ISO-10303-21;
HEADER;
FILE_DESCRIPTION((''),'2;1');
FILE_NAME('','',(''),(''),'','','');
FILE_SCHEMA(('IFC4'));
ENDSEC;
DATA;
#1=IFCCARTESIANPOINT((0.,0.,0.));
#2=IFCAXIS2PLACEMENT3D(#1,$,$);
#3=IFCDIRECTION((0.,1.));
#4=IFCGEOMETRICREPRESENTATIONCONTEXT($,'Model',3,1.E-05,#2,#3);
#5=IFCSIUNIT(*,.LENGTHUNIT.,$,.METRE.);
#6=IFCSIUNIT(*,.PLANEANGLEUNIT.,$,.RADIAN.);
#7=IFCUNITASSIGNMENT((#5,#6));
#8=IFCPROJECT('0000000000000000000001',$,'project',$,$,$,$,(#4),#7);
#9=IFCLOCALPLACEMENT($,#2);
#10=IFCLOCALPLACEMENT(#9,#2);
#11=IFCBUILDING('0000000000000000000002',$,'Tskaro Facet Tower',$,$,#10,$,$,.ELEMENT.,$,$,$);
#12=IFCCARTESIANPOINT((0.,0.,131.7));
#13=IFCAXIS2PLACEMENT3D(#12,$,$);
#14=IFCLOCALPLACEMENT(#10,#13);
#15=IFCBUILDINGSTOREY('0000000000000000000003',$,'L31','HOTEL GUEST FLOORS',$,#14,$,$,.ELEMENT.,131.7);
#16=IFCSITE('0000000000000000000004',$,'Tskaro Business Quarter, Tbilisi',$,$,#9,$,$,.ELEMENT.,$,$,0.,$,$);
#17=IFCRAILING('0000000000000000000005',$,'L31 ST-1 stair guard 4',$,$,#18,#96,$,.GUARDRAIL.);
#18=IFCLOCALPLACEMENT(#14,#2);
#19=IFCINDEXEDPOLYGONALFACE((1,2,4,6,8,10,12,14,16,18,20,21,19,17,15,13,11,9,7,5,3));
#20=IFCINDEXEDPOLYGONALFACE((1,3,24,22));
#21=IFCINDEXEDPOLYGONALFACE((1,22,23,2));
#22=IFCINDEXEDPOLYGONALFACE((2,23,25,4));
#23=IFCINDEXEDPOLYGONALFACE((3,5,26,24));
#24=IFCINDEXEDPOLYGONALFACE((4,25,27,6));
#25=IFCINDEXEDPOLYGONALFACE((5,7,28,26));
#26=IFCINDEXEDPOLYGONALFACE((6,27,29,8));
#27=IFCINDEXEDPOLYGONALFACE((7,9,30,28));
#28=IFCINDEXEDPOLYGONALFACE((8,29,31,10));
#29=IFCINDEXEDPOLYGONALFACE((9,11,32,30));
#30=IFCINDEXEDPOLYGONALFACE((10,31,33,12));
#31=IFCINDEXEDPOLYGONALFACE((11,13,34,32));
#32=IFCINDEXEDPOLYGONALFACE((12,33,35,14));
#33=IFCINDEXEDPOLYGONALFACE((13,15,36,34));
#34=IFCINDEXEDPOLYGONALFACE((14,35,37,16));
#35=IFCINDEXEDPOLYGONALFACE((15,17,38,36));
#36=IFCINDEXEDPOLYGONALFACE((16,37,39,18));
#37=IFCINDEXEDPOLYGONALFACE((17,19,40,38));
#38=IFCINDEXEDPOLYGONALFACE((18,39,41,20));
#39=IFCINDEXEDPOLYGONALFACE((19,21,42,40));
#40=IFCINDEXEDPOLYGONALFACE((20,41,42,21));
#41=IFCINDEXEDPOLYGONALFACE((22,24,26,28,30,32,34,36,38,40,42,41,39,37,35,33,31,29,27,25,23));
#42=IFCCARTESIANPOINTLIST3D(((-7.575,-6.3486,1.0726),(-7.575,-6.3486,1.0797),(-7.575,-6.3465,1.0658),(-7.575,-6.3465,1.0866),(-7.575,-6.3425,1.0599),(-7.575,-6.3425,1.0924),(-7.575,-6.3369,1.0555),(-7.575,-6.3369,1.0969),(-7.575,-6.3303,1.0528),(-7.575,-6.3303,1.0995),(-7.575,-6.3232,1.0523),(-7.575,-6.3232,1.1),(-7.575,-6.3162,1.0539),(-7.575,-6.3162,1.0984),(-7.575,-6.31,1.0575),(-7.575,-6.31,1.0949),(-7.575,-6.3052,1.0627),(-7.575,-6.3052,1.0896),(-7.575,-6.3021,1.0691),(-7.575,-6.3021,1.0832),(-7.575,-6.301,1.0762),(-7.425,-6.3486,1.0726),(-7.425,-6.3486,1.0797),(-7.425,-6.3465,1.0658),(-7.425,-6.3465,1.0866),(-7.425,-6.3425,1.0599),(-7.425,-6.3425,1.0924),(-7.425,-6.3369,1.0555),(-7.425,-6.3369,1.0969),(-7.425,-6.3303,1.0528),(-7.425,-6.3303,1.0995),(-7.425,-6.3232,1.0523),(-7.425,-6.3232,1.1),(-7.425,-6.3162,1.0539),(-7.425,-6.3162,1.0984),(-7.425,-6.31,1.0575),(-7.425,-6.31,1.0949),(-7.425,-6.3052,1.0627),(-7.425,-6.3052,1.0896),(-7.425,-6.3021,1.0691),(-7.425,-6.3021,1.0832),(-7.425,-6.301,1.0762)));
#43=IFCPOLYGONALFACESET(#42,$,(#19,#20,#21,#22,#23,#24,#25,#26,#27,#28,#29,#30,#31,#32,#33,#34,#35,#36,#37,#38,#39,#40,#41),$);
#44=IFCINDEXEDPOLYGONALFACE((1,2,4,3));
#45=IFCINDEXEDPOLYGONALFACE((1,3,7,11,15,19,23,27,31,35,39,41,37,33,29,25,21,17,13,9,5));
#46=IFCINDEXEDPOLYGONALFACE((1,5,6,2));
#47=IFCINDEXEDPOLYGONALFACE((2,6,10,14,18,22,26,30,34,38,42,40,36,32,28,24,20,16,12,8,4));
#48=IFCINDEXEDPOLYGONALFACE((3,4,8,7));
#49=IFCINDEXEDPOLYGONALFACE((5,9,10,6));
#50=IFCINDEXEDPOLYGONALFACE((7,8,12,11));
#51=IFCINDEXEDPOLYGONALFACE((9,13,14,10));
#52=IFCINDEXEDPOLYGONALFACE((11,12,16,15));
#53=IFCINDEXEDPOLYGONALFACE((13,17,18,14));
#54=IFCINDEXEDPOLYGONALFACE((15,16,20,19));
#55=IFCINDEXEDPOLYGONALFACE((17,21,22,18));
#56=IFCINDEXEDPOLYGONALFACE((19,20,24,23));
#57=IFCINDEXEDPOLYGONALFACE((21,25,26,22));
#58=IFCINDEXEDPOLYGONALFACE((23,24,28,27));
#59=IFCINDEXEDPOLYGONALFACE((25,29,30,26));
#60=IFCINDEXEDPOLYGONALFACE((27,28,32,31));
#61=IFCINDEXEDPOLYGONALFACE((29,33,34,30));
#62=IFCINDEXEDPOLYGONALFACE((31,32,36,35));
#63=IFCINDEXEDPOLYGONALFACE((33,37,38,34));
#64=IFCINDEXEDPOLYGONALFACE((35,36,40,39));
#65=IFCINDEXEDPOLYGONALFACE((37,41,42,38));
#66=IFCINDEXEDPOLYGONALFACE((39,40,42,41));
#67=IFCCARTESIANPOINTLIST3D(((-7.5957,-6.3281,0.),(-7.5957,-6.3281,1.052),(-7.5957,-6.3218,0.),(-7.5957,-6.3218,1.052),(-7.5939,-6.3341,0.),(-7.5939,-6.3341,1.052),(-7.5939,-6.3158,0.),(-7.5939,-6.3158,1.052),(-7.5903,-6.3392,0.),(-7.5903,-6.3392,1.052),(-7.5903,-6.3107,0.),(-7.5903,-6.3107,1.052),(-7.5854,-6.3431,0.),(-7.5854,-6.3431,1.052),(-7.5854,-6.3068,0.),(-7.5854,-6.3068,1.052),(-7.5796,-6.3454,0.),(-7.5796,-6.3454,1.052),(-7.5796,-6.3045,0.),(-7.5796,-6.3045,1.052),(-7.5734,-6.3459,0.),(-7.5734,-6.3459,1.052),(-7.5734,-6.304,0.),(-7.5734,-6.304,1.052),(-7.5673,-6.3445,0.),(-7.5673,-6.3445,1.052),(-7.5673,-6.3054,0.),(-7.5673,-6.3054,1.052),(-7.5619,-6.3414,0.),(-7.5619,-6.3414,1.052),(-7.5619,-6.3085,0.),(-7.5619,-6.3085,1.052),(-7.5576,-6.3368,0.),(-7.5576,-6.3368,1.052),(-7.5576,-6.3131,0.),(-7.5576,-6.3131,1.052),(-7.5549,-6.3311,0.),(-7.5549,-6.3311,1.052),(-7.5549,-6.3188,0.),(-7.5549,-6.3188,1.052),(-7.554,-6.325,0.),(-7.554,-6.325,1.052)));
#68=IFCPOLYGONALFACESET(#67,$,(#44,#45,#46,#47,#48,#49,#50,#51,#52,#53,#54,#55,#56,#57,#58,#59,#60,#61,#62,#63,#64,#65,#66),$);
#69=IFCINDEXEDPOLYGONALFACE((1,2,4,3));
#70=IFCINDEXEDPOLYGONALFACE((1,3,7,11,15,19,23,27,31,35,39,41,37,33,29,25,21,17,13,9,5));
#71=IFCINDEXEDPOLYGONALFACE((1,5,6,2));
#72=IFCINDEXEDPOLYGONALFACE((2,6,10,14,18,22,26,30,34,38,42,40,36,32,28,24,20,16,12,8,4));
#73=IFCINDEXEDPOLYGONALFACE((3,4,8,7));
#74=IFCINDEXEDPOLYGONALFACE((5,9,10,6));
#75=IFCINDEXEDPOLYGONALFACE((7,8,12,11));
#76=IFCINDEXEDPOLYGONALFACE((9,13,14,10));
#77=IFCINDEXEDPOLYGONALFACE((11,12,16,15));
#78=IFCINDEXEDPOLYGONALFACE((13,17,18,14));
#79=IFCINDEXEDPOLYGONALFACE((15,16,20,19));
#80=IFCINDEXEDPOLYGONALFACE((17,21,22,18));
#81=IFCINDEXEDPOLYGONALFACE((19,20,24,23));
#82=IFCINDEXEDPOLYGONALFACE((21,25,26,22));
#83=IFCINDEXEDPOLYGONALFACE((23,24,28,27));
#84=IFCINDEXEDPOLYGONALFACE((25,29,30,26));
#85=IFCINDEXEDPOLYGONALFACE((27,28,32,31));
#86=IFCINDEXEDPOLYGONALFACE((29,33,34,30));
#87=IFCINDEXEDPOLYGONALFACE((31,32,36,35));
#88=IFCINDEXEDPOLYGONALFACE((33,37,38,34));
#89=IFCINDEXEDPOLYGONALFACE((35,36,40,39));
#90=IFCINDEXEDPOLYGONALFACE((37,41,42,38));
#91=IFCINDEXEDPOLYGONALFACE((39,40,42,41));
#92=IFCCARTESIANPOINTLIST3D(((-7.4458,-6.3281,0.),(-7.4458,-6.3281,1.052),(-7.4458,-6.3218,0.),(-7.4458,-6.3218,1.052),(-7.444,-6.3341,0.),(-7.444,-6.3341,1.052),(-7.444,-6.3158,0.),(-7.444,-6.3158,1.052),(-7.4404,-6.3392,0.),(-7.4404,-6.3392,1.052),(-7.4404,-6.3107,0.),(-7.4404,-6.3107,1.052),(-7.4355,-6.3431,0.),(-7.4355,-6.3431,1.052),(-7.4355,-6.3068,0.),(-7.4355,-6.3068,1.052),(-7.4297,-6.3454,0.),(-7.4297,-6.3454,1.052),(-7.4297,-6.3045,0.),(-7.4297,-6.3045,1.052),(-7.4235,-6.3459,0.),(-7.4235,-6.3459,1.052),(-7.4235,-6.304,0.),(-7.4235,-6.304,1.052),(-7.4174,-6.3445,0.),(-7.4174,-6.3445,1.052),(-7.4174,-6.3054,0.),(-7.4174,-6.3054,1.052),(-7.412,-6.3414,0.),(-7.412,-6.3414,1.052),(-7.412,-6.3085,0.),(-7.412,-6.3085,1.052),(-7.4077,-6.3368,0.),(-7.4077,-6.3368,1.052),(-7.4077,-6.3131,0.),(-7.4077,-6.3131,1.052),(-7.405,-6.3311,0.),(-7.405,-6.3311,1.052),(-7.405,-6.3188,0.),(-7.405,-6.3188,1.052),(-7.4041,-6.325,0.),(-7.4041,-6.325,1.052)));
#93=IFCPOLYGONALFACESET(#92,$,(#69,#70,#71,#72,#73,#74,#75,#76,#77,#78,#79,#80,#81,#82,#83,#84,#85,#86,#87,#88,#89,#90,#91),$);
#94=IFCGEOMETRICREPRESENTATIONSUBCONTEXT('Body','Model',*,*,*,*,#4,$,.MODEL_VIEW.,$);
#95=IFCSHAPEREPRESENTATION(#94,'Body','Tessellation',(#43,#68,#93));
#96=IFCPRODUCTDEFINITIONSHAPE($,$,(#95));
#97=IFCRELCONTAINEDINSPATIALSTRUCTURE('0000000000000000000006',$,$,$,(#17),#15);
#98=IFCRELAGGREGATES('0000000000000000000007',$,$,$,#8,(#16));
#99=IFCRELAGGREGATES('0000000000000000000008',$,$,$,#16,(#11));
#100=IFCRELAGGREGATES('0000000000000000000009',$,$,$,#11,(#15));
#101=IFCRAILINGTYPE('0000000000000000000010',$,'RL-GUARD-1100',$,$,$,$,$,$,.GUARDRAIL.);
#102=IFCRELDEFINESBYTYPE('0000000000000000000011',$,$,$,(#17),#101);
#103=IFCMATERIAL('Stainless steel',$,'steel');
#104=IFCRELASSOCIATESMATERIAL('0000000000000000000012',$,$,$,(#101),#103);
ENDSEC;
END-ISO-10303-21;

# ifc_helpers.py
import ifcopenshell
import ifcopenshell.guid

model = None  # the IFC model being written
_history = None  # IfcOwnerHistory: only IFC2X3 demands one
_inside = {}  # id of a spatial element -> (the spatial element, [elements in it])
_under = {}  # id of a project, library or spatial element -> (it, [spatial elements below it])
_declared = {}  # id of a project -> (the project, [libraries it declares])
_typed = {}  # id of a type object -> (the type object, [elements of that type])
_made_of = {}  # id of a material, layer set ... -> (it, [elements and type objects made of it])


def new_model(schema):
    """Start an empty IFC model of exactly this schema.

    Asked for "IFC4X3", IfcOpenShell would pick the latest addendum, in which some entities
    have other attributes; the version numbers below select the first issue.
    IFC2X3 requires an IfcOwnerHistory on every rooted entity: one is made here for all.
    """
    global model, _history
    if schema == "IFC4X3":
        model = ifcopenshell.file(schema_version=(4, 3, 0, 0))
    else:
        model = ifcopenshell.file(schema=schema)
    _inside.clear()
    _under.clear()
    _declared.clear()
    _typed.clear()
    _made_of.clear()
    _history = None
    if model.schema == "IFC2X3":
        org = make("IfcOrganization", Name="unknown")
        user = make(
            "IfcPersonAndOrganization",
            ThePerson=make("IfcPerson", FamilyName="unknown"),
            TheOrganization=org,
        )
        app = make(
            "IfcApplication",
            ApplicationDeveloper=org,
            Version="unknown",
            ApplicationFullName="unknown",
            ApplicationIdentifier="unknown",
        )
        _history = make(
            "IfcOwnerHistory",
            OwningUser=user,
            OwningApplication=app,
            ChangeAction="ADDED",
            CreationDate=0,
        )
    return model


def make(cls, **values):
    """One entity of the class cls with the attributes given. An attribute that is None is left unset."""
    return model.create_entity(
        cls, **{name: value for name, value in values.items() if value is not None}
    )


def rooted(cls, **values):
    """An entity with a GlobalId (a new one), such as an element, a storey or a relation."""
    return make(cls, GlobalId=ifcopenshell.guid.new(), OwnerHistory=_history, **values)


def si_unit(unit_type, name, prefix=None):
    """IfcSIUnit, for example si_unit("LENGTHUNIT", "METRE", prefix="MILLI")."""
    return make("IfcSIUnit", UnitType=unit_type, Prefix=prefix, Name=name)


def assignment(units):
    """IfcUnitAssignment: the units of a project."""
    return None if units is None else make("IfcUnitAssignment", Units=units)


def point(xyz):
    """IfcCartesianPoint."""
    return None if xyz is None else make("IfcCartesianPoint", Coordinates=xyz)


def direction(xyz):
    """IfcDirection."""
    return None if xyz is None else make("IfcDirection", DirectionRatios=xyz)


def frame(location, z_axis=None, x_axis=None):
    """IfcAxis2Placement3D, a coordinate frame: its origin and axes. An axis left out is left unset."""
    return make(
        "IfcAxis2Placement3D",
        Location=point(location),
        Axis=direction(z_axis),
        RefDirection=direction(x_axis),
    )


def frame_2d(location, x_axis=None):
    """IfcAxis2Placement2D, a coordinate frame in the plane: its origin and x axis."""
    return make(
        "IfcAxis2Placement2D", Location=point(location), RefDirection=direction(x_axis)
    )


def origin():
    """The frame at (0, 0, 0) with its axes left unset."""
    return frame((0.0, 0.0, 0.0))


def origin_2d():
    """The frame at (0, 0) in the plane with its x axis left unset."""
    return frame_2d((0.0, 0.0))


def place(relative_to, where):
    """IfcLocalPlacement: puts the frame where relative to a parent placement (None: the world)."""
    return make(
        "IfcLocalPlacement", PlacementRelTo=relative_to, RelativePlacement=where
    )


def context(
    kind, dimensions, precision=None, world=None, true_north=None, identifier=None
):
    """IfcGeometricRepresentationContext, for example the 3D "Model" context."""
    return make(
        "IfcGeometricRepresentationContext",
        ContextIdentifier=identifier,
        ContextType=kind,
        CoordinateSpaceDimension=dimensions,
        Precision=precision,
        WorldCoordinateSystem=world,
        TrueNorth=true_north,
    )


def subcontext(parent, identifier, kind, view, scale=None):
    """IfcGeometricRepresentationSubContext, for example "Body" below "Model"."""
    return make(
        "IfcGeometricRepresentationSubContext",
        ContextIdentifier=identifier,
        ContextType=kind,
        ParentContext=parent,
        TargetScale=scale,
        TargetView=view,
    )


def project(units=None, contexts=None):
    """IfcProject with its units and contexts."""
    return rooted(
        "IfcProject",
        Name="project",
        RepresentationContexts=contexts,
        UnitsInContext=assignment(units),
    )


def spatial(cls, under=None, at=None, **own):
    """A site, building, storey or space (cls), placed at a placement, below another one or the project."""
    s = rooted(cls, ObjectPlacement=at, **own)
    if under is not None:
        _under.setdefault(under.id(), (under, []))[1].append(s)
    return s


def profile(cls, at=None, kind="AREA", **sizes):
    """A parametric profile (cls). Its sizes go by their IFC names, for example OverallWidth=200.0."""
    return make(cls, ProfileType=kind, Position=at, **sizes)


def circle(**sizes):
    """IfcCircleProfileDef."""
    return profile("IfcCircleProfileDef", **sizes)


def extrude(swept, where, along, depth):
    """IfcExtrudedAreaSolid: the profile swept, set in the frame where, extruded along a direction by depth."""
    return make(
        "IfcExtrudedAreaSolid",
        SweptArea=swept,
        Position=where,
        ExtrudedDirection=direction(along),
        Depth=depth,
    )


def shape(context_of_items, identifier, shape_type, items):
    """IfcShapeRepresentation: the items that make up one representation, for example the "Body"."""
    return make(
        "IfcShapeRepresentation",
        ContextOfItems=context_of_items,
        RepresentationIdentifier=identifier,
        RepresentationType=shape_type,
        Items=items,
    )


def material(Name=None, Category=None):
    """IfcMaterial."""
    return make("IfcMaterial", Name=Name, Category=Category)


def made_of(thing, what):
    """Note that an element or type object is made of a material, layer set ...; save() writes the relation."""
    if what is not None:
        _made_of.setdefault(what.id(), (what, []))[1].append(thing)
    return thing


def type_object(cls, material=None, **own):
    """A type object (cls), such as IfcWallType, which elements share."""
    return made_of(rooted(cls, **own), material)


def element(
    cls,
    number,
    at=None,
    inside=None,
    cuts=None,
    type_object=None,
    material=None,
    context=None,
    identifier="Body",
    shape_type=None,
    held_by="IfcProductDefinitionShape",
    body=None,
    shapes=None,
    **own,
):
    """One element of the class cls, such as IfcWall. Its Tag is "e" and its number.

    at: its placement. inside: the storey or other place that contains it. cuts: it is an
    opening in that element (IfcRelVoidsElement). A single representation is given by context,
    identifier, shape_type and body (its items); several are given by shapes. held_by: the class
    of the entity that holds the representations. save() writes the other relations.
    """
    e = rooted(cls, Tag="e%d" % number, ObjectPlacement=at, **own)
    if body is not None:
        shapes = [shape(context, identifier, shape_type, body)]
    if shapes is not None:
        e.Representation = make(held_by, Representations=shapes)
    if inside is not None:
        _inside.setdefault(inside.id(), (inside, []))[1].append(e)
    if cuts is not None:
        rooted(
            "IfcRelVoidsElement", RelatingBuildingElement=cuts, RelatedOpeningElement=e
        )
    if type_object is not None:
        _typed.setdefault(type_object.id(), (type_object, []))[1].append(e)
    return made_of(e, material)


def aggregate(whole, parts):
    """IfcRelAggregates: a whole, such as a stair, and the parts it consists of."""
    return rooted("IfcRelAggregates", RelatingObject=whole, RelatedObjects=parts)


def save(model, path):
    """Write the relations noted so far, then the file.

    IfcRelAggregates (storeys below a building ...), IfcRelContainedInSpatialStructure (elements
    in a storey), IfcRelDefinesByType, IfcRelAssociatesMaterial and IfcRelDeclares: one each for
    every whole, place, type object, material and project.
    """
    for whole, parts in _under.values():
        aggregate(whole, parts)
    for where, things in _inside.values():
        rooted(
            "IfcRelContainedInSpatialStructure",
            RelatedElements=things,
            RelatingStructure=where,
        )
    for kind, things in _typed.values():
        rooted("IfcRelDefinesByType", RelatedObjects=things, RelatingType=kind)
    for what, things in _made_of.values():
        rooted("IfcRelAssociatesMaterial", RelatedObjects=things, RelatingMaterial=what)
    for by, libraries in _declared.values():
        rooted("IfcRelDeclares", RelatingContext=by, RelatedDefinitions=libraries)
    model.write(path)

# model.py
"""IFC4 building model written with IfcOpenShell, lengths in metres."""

from ifc_helpers import new_model, si_unit, direction, frame, origin, origin_2d, place, context, subcontext, project, spatial, circle, extrude, material, type_object, element, save


model = new_model("IFC4")

# Units and contexts
model_context = context("Model", 3, precision=1e-05, world=origin(), true_north=direction((0.0, 1.0)))
body_context = subcontext(model_context, "Body", "Model", "MODEL_VIEW")
ifc_project = project(units=[si_unit("LENGTHUNIT", "METRE"), si_unit("PLANEANGLEUNIT", "RADIAN")], contexts=[model_context])

# Site, building, storey
site_placement = place(None, origin())
site = spatial("IfcSite", under=ifc_project, at=site_placement, Name="Tskaro Business Quarter, Tbilisi", CompositionType="ELEMENT", RefElevation=0.0)
building_placement = place(site_placement, origin())
building = spatial("IfcBuilding", under=site, at=building_placement, Name="Tskaro Facet Tower", CompositionType="ELEMENT")
storey_placement = place(building_placement, frame((0.0, 0.0, 131.7)))
storey = spatial("IfcBuildingStorey", under=building, at=storey_placement, Name="L31", Description="HOTEL GUEST FLOORS", CompositionType="ELEMENT", Elevation=131.7)

# Shared definitions
ifc_material_1 = material(Name="Stainless steel", Category="steel")

# Railing
railing_type = type_object("IfcRailingType", Name="RL-GUARD-1100", PredefinedType="GUARDRAIL", material=ifc_material_1)
railing_placement = place(storey_placement, frame((-7.575, -6.325, 0.0)))
element("IfcRailing", 1, at=railing_placement, inside=storey, type_object=railing_type, Name="L31 ST-1 stair guard 4", PredefinedType="GUARDRAIL", context=body_context, shape_type="SweptSolid", body=[
    extrude(circle(Radius=0.0239, at=origin_2d()), frame((0.0, 0.0, 1.0762), z_axis=(1.0, 0.0, 0.0), x_axis=(0.0, 1.0, 0.0)), (0.0, 0.0, 1.0), 0.1499),
    extrude(circle(Radius=0.021, at=origin_2d()), origin(), (0.0, 0.0, 1.0), 1.052),
    extrude(circle(Radius=0.021, at=origin_2d()), frame((0.1499, 0.0, 0.0)), (0.0, 0.0, 1.0), 1.052),
])

save(model, "model.ifc")
